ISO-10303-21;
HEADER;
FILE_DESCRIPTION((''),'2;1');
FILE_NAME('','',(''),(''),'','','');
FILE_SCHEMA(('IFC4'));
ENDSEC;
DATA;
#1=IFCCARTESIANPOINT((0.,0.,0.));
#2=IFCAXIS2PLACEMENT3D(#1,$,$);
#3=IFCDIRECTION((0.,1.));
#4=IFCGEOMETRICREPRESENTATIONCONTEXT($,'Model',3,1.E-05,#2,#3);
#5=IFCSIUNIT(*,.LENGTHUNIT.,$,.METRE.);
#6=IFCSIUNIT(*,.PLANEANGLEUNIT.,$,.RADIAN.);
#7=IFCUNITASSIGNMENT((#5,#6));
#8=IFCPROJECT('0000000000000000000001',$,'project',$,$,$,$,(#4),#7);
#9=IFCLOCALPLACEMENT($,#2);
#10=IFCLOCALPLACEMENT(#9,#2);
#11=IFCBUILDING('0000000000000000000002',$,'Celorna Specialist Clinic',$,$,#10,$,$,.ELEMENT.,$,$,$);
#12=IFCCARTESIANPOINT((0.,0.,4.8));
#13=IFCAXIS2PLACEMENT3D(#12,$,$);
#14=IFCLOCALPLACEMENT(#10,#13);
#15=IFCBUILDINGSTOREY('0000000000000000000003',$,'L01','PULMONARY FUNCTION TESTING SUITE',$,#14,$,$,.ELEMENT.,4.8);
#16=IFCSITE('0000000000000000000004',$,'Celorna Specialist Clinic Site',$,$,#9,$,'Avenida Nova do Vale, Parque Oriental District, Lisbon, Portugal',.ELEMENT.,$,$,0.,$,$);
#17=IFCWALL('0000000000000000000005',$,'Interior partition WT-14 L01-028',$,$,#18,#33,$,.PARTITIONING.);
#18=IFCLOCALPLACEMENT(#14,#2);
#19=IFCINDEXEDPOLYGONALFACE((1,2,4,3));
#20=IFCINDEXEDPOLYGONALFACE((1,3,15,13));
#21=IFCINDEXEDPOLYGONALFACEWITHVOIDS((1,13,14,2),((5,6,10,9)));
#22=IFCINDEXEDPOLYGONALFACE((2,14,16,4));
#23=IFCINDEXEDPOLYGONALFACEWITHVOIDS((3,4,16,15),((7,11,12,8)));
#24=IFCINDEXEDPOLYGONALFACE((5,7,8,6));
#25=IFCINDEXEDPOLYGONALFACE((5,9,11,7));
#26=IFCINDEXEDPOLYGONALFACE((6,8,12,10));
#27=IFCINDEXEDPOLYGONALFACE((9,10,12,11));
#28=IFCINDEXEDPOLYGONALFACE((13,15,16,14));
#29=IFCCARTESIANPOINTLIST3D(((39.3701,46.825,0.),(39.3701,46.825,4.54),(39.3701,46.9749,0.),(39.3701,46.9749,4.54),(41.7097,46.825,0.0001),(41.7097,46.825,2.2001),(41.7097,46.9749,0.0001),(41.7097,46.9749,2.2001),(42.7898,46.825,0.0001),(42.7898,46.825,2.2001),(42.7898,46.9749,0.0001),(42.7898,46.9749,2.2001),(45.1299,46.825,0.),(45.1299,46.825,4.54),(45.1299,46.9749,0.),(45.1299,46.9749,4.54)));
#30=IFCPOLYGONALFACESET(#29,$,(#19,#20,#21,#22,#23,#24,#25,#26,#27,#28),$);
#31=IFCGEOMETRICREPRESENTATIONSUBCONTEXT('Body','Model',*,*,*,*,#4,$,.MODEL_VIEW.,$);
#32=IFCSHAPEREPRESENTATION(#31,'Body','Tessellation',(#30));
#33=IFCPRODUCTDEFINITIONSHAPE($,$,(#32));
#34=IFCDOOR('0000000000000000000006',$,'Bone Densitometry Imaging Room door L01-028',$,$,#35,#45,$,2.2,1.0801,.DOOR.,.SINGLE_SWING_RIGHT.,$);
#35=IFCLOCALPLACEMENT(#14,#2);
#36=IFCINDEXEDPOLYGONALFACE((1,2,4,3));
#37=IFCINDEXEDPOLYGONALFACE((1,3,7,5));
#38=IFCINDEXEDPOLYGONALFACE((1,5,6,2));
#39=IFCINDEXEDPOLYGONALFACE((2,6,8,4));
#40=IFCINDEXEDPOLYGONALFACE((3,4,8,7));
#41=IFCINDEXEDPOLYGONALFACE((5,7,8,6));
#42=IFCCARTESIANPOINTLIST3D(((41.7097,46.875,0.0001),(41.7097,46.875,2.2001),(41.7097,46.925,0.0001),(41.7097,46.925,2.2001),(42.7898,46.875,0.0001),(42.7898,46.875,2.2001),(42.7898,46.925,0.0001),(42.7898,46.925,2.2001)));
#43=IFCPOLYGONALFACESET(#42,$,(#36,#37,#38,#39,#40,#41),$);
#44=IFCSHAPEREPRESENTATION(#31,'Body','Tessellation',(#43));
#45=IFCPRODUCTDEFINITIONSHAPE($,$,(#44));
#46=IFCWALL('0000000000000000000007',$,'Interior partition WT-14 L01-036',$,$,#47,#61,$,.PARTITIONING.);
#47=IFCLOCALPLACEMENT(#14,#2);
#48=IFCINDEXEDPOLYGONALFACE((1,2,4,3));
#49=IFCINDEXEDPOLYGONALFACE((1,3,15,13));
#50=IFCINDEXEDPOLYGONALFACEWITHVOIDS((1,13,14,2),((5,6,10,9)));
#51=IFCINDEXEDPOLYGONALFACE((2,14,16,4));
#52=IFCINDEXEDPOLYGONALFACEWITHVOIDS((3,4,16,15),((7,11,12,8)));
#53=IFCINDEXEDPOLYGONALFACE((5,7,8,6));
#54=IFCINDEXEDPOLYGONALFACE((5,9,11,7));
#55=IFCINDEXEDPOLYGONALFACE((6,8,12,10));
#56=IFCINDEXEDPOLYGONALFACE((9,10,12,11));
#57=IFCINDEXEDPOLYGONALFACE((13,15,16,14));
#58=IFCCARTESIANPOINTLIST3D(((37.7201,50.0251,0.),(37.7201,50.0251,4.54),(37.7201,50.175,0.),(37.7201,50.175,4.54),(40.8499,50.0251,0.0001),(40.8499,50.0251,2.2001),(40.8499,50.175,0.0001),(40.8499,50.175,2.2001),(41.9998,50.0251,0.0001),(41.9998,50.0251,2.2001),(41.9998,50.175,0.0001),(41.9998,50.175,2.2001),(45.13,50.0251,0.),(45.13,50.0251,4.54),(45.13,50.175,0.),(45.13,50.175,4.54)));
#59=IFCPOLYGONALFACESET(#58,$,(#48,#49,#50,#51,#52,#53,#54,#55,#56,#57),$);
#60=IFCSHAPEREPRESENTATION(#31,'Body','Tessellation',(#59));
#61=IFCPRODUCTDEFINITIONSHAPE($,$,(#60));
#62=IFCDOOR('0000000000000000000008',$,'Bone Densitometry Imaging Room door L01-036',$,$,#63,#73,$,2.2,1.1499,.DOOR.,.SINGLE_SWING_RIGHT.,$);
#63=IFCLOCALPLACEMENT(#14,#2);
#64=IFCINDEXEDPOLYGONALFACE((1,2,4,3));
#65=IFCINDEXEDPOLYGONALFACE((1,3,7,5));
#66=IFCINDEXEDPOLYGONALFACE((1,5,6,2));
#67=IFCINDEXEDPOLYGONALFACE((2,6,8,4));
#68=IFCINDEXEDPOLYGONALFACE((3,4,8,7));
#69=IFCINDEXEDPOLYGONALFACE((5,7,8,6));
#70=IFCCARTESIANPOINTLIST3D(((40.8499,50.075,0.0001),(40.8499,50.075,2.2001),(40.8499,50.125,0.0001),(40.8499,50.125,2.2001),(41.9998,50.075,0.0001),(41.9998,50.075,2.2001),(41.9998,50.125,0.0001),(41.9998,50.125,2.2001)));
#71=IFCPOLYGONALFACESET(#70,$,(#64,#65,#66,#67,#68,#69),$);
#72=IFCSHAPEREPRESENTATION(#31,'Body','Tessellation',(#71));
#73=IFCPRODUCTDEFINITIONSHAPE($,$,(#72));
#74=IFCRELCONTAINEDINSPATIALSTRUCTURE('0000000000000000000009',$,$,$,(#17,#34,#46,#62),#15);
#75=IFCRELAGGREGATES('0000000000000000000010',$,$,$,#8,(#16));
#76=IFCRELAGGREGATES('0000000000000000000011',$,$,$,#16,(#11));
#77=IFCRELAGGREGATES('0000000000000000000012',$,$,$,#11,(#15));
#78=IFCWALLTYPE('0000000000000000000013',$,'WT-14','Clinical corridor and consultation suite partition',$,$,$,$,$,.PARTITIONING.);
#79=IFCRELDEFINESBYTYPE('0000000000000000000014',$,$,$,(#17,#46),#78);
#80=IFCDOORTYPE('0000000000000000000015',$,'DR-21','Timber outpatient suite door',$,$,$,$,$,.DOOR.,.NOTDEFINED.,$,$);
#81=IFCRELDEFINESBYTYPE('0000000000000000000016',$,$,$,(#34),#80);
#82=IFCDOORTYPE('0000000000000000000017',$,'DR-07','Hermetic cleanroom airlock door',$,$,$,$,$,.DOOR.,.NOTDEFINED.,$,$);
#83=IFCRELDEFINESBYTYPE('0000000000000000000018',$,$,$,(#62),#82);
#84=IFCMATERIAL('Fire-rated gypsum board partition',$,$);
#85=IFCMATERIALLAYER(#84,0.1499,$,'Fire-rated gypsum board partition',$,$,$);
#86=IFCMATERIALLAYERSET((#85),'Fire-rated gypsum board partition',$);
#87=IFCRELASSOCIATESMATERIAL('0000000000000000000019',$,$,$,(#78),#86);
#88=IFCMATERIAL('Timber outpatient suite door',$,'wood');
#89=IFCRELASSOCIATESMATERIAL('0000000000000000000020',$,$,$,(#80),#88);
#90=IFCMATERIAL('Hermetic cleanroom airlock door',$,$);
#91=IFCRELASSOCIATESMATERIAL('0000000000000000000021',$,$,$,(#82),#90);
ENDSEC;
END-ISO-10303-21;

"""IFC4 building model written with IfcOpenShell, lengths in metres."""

from ifc_helpers import new_model, si_unit, direction, frame, frame_2d, origin, place, context, subcontext, project, spatial, rectangle, extrude, material, layer, layer_set, type_object, element, fill, save


model = new_model("IFC4")

# Units and contexts
model_context = context("Model", 3, precision=1e-05, world=origin(), true_north=direction((0.0, 1.0)))
body_context = subcontext(model_context, "Body", "Model", "MODEL_VIEW")
ifc_project = project(units=[si_unit("LENGTHUNIT", "METRE"), si_unit("PLANEANGLEUNIT", "RADIAN")], contexts=[model_context])

# Site, building, storey
site_placement = place(None, origin())
site = spatial("IfcSite", under=ifc_project, at=site_placement, Name="Celorna Specialist Clinic Site", LongName="Avenida Nova do Vale, Parque Oriental District, Lisbon, Portugal", CompositionType="ELEMENT", RefElevation=0.0)
building_placement = place(site_placement, origin())
building = spatial("IfcBuilding", under=site, at=building_placement, Name="Celorna Specialist Clinic", CompositionType="ELEMENT")
storey_placement = place(building_placement, frame((0.0, 0.0, 4.8)))
storey = spatial("IfcBuildingStorey", under=building, at=storey_placement, Name="L01", Description="PULMONARY FUNCTION TESTING SUITE", CompositionType="ELEMENT", Elevation=4.8)

# Walls, openings, doors
ifc_material_1 = material(Name="Fire-rated gypsum board partition")
ifc_layer_1 = layer(ifc_material_1, 0.1499, Name="Fire-rated gypsum board partition")
ifc_layer_set_1 = layer_set([ifc_layer_1], Name="Fire-rated gypsum board partition")
wall_type_1 = type_object("IfcWallType", Name="WT-14", Description="Clinical corridor and consultation suite partition", PredefinedType="PARTITIONING", material=ifc_layer_set_1)
wall_1_placement = place(storey_placement, frame((45.1299, 46.8999, 0.0), z_axis=(0.0, 0.0, 1.0), x_axis=(-1.0, 0.0, 0.0)))
wall_1 = element("IfcWall", 1, at=wall_1_placement, inside=storey, type_object=wall_type_1, Name="Interior partition WT-14 L01-028", PredefinedType="PARTITIONING", context=body_context, shape_type="SweptSolid", body=[
    extrude(rectangle(XDim=5.7598, YDim=0.1499, at=frame_2d((2.8799, 0.0))), origin(), (0.0, 0.0, 1.0), 4.54),
])
opening_1_placement = place(wall_1_placement, frame((2.3401, 0.0, 0.0)))
opening_1 = element("IfcOpeningElement", 2, at=opening_1_placement, cuts=wall_1, PredefinedType="OPENING", context=body_context, shape_type="SweptSolid", body=[
    extrude(rectangle(XDim=1.0801, YDim=2.2, at=frame_2d((0.54, 1.1001))), frame((0.0, 0.085, 0.0), z_axis=(0.0, -1.0, 0.0), x_axis=(1.0, 0.0, 0.0)), (0.0, 0.0, 1.0), 0.1699),
])
ifc_material_2 = material(Name="Timber outpatient suite door", Category="wood")
door_type_1 = type_object("IfcDoorType", Name="DR-21", Description="Timber outpatient suite door", OperationType="NOTDEFINED", PredefinedType="DOOR", material=ifc_material_2)
door_1_placement = place(opening_1_placement, origin())
door_1 = element("IfcDoor", 3, at=door_1_placement, inside=storey, type_object=door_type_1, Name="Bone Densitometry Imaging Room door L01-028", OperationType="SINGLE_SWING_RIGHT", OverallHeight=2.2, OverallWidth=1.0801, PredefinedType="DOOR", context=body_context, shape_type="SweptSolid", body=[
    extrude(rectangle(XDim=1.0801, YDim=2.2, at=frame_2d((0.54, 1.1001))), frame((0.0, 0.0249, 0.0), z_axis=(0.0, -1.0, 0.0), x_axis=(1.0, 0.0, 0.0)), (0.0, 0.0, 1.0), 0.05),
])
fill(opening_1, door_1)
wall_2_placement = place(storey_placement, frame((37.72, 50.1001, 0.0), z_axis=(0.0, 0.0, 1.0), x_axis=(1.0, 0.0, 0.0)))
wall_2 = element("IfcWall", 4, at=wall_2_placement, inside=storey, type_object=wall_type_1, Name="Interior partition WT-14 L01-036", PredefinedType="PARTITIONING", context=body_context, shape_type="SweptSolid", body=[
    extrude(rectangle(XDim=7.4099, YDim=0.1499, at=frame_2d((3.7051, 0.0))), origin(), (0.0, 0.0, 1.0), 4.54),
])
opening_2_placement = place(wall_2_placement, frame((3.1299, 0.0, 0.0)))
opening_2 = element("IfcOpeningElement", 5, at=opening_2_placement, cuts=wall_2, PredefinedType="OPENING", context=body_context, shape_type="SweptSolid", body=[
    extrude(rectangle(XDim=1.1499, YDim=2.2, at=frame_2d((0.575, 1.1001))), frame((0.0, 0.085, 0.0), z_axis=(0.0, -1.0, 0.0), x_axis=(1.0, 0.0, 0.0)), (0.0, 0.0, 1.0), 0.1699),
])
ifc_material_3 = material(Name="Hermetic cleanroom airlock door")
door_type_2 = type_object("IfcDoorType", Name="DR-07", Description="Hermetic cleanroom airlock door", OperationType="NOTDEFINED", PredefinedType="DOOR", material=ifc_material_3)
door_2_placement = place(opening_2_placement, origin())
door_2 = element("IfcDoor", 6, at=door_2_placement, inside=storey, type_object=door_type_2, Name="Bone Densitometry Imaging Room door L01-036", OperationType="SINGLE_SWING_RIGHT", OverallHeight=2.2, OverallWidth=1.1499, PredefinedType="DOOR", context=body_context, shape_type="SweptSolid", body=[
    extrude(rectangle(XDim=1.1499, YDim=2.2, at=frame_2d((0.575, 1.1001))), frame((0.0, 0.0249, 0.0), z_axis=(0.0, -1.0, 0.0), x_axis=(1.0, 0.0, 0.0)), (0.0, 0.0, 1.0), 0.05),
])
fill(opening_2, door_2)

save(model, "model.ifc")
